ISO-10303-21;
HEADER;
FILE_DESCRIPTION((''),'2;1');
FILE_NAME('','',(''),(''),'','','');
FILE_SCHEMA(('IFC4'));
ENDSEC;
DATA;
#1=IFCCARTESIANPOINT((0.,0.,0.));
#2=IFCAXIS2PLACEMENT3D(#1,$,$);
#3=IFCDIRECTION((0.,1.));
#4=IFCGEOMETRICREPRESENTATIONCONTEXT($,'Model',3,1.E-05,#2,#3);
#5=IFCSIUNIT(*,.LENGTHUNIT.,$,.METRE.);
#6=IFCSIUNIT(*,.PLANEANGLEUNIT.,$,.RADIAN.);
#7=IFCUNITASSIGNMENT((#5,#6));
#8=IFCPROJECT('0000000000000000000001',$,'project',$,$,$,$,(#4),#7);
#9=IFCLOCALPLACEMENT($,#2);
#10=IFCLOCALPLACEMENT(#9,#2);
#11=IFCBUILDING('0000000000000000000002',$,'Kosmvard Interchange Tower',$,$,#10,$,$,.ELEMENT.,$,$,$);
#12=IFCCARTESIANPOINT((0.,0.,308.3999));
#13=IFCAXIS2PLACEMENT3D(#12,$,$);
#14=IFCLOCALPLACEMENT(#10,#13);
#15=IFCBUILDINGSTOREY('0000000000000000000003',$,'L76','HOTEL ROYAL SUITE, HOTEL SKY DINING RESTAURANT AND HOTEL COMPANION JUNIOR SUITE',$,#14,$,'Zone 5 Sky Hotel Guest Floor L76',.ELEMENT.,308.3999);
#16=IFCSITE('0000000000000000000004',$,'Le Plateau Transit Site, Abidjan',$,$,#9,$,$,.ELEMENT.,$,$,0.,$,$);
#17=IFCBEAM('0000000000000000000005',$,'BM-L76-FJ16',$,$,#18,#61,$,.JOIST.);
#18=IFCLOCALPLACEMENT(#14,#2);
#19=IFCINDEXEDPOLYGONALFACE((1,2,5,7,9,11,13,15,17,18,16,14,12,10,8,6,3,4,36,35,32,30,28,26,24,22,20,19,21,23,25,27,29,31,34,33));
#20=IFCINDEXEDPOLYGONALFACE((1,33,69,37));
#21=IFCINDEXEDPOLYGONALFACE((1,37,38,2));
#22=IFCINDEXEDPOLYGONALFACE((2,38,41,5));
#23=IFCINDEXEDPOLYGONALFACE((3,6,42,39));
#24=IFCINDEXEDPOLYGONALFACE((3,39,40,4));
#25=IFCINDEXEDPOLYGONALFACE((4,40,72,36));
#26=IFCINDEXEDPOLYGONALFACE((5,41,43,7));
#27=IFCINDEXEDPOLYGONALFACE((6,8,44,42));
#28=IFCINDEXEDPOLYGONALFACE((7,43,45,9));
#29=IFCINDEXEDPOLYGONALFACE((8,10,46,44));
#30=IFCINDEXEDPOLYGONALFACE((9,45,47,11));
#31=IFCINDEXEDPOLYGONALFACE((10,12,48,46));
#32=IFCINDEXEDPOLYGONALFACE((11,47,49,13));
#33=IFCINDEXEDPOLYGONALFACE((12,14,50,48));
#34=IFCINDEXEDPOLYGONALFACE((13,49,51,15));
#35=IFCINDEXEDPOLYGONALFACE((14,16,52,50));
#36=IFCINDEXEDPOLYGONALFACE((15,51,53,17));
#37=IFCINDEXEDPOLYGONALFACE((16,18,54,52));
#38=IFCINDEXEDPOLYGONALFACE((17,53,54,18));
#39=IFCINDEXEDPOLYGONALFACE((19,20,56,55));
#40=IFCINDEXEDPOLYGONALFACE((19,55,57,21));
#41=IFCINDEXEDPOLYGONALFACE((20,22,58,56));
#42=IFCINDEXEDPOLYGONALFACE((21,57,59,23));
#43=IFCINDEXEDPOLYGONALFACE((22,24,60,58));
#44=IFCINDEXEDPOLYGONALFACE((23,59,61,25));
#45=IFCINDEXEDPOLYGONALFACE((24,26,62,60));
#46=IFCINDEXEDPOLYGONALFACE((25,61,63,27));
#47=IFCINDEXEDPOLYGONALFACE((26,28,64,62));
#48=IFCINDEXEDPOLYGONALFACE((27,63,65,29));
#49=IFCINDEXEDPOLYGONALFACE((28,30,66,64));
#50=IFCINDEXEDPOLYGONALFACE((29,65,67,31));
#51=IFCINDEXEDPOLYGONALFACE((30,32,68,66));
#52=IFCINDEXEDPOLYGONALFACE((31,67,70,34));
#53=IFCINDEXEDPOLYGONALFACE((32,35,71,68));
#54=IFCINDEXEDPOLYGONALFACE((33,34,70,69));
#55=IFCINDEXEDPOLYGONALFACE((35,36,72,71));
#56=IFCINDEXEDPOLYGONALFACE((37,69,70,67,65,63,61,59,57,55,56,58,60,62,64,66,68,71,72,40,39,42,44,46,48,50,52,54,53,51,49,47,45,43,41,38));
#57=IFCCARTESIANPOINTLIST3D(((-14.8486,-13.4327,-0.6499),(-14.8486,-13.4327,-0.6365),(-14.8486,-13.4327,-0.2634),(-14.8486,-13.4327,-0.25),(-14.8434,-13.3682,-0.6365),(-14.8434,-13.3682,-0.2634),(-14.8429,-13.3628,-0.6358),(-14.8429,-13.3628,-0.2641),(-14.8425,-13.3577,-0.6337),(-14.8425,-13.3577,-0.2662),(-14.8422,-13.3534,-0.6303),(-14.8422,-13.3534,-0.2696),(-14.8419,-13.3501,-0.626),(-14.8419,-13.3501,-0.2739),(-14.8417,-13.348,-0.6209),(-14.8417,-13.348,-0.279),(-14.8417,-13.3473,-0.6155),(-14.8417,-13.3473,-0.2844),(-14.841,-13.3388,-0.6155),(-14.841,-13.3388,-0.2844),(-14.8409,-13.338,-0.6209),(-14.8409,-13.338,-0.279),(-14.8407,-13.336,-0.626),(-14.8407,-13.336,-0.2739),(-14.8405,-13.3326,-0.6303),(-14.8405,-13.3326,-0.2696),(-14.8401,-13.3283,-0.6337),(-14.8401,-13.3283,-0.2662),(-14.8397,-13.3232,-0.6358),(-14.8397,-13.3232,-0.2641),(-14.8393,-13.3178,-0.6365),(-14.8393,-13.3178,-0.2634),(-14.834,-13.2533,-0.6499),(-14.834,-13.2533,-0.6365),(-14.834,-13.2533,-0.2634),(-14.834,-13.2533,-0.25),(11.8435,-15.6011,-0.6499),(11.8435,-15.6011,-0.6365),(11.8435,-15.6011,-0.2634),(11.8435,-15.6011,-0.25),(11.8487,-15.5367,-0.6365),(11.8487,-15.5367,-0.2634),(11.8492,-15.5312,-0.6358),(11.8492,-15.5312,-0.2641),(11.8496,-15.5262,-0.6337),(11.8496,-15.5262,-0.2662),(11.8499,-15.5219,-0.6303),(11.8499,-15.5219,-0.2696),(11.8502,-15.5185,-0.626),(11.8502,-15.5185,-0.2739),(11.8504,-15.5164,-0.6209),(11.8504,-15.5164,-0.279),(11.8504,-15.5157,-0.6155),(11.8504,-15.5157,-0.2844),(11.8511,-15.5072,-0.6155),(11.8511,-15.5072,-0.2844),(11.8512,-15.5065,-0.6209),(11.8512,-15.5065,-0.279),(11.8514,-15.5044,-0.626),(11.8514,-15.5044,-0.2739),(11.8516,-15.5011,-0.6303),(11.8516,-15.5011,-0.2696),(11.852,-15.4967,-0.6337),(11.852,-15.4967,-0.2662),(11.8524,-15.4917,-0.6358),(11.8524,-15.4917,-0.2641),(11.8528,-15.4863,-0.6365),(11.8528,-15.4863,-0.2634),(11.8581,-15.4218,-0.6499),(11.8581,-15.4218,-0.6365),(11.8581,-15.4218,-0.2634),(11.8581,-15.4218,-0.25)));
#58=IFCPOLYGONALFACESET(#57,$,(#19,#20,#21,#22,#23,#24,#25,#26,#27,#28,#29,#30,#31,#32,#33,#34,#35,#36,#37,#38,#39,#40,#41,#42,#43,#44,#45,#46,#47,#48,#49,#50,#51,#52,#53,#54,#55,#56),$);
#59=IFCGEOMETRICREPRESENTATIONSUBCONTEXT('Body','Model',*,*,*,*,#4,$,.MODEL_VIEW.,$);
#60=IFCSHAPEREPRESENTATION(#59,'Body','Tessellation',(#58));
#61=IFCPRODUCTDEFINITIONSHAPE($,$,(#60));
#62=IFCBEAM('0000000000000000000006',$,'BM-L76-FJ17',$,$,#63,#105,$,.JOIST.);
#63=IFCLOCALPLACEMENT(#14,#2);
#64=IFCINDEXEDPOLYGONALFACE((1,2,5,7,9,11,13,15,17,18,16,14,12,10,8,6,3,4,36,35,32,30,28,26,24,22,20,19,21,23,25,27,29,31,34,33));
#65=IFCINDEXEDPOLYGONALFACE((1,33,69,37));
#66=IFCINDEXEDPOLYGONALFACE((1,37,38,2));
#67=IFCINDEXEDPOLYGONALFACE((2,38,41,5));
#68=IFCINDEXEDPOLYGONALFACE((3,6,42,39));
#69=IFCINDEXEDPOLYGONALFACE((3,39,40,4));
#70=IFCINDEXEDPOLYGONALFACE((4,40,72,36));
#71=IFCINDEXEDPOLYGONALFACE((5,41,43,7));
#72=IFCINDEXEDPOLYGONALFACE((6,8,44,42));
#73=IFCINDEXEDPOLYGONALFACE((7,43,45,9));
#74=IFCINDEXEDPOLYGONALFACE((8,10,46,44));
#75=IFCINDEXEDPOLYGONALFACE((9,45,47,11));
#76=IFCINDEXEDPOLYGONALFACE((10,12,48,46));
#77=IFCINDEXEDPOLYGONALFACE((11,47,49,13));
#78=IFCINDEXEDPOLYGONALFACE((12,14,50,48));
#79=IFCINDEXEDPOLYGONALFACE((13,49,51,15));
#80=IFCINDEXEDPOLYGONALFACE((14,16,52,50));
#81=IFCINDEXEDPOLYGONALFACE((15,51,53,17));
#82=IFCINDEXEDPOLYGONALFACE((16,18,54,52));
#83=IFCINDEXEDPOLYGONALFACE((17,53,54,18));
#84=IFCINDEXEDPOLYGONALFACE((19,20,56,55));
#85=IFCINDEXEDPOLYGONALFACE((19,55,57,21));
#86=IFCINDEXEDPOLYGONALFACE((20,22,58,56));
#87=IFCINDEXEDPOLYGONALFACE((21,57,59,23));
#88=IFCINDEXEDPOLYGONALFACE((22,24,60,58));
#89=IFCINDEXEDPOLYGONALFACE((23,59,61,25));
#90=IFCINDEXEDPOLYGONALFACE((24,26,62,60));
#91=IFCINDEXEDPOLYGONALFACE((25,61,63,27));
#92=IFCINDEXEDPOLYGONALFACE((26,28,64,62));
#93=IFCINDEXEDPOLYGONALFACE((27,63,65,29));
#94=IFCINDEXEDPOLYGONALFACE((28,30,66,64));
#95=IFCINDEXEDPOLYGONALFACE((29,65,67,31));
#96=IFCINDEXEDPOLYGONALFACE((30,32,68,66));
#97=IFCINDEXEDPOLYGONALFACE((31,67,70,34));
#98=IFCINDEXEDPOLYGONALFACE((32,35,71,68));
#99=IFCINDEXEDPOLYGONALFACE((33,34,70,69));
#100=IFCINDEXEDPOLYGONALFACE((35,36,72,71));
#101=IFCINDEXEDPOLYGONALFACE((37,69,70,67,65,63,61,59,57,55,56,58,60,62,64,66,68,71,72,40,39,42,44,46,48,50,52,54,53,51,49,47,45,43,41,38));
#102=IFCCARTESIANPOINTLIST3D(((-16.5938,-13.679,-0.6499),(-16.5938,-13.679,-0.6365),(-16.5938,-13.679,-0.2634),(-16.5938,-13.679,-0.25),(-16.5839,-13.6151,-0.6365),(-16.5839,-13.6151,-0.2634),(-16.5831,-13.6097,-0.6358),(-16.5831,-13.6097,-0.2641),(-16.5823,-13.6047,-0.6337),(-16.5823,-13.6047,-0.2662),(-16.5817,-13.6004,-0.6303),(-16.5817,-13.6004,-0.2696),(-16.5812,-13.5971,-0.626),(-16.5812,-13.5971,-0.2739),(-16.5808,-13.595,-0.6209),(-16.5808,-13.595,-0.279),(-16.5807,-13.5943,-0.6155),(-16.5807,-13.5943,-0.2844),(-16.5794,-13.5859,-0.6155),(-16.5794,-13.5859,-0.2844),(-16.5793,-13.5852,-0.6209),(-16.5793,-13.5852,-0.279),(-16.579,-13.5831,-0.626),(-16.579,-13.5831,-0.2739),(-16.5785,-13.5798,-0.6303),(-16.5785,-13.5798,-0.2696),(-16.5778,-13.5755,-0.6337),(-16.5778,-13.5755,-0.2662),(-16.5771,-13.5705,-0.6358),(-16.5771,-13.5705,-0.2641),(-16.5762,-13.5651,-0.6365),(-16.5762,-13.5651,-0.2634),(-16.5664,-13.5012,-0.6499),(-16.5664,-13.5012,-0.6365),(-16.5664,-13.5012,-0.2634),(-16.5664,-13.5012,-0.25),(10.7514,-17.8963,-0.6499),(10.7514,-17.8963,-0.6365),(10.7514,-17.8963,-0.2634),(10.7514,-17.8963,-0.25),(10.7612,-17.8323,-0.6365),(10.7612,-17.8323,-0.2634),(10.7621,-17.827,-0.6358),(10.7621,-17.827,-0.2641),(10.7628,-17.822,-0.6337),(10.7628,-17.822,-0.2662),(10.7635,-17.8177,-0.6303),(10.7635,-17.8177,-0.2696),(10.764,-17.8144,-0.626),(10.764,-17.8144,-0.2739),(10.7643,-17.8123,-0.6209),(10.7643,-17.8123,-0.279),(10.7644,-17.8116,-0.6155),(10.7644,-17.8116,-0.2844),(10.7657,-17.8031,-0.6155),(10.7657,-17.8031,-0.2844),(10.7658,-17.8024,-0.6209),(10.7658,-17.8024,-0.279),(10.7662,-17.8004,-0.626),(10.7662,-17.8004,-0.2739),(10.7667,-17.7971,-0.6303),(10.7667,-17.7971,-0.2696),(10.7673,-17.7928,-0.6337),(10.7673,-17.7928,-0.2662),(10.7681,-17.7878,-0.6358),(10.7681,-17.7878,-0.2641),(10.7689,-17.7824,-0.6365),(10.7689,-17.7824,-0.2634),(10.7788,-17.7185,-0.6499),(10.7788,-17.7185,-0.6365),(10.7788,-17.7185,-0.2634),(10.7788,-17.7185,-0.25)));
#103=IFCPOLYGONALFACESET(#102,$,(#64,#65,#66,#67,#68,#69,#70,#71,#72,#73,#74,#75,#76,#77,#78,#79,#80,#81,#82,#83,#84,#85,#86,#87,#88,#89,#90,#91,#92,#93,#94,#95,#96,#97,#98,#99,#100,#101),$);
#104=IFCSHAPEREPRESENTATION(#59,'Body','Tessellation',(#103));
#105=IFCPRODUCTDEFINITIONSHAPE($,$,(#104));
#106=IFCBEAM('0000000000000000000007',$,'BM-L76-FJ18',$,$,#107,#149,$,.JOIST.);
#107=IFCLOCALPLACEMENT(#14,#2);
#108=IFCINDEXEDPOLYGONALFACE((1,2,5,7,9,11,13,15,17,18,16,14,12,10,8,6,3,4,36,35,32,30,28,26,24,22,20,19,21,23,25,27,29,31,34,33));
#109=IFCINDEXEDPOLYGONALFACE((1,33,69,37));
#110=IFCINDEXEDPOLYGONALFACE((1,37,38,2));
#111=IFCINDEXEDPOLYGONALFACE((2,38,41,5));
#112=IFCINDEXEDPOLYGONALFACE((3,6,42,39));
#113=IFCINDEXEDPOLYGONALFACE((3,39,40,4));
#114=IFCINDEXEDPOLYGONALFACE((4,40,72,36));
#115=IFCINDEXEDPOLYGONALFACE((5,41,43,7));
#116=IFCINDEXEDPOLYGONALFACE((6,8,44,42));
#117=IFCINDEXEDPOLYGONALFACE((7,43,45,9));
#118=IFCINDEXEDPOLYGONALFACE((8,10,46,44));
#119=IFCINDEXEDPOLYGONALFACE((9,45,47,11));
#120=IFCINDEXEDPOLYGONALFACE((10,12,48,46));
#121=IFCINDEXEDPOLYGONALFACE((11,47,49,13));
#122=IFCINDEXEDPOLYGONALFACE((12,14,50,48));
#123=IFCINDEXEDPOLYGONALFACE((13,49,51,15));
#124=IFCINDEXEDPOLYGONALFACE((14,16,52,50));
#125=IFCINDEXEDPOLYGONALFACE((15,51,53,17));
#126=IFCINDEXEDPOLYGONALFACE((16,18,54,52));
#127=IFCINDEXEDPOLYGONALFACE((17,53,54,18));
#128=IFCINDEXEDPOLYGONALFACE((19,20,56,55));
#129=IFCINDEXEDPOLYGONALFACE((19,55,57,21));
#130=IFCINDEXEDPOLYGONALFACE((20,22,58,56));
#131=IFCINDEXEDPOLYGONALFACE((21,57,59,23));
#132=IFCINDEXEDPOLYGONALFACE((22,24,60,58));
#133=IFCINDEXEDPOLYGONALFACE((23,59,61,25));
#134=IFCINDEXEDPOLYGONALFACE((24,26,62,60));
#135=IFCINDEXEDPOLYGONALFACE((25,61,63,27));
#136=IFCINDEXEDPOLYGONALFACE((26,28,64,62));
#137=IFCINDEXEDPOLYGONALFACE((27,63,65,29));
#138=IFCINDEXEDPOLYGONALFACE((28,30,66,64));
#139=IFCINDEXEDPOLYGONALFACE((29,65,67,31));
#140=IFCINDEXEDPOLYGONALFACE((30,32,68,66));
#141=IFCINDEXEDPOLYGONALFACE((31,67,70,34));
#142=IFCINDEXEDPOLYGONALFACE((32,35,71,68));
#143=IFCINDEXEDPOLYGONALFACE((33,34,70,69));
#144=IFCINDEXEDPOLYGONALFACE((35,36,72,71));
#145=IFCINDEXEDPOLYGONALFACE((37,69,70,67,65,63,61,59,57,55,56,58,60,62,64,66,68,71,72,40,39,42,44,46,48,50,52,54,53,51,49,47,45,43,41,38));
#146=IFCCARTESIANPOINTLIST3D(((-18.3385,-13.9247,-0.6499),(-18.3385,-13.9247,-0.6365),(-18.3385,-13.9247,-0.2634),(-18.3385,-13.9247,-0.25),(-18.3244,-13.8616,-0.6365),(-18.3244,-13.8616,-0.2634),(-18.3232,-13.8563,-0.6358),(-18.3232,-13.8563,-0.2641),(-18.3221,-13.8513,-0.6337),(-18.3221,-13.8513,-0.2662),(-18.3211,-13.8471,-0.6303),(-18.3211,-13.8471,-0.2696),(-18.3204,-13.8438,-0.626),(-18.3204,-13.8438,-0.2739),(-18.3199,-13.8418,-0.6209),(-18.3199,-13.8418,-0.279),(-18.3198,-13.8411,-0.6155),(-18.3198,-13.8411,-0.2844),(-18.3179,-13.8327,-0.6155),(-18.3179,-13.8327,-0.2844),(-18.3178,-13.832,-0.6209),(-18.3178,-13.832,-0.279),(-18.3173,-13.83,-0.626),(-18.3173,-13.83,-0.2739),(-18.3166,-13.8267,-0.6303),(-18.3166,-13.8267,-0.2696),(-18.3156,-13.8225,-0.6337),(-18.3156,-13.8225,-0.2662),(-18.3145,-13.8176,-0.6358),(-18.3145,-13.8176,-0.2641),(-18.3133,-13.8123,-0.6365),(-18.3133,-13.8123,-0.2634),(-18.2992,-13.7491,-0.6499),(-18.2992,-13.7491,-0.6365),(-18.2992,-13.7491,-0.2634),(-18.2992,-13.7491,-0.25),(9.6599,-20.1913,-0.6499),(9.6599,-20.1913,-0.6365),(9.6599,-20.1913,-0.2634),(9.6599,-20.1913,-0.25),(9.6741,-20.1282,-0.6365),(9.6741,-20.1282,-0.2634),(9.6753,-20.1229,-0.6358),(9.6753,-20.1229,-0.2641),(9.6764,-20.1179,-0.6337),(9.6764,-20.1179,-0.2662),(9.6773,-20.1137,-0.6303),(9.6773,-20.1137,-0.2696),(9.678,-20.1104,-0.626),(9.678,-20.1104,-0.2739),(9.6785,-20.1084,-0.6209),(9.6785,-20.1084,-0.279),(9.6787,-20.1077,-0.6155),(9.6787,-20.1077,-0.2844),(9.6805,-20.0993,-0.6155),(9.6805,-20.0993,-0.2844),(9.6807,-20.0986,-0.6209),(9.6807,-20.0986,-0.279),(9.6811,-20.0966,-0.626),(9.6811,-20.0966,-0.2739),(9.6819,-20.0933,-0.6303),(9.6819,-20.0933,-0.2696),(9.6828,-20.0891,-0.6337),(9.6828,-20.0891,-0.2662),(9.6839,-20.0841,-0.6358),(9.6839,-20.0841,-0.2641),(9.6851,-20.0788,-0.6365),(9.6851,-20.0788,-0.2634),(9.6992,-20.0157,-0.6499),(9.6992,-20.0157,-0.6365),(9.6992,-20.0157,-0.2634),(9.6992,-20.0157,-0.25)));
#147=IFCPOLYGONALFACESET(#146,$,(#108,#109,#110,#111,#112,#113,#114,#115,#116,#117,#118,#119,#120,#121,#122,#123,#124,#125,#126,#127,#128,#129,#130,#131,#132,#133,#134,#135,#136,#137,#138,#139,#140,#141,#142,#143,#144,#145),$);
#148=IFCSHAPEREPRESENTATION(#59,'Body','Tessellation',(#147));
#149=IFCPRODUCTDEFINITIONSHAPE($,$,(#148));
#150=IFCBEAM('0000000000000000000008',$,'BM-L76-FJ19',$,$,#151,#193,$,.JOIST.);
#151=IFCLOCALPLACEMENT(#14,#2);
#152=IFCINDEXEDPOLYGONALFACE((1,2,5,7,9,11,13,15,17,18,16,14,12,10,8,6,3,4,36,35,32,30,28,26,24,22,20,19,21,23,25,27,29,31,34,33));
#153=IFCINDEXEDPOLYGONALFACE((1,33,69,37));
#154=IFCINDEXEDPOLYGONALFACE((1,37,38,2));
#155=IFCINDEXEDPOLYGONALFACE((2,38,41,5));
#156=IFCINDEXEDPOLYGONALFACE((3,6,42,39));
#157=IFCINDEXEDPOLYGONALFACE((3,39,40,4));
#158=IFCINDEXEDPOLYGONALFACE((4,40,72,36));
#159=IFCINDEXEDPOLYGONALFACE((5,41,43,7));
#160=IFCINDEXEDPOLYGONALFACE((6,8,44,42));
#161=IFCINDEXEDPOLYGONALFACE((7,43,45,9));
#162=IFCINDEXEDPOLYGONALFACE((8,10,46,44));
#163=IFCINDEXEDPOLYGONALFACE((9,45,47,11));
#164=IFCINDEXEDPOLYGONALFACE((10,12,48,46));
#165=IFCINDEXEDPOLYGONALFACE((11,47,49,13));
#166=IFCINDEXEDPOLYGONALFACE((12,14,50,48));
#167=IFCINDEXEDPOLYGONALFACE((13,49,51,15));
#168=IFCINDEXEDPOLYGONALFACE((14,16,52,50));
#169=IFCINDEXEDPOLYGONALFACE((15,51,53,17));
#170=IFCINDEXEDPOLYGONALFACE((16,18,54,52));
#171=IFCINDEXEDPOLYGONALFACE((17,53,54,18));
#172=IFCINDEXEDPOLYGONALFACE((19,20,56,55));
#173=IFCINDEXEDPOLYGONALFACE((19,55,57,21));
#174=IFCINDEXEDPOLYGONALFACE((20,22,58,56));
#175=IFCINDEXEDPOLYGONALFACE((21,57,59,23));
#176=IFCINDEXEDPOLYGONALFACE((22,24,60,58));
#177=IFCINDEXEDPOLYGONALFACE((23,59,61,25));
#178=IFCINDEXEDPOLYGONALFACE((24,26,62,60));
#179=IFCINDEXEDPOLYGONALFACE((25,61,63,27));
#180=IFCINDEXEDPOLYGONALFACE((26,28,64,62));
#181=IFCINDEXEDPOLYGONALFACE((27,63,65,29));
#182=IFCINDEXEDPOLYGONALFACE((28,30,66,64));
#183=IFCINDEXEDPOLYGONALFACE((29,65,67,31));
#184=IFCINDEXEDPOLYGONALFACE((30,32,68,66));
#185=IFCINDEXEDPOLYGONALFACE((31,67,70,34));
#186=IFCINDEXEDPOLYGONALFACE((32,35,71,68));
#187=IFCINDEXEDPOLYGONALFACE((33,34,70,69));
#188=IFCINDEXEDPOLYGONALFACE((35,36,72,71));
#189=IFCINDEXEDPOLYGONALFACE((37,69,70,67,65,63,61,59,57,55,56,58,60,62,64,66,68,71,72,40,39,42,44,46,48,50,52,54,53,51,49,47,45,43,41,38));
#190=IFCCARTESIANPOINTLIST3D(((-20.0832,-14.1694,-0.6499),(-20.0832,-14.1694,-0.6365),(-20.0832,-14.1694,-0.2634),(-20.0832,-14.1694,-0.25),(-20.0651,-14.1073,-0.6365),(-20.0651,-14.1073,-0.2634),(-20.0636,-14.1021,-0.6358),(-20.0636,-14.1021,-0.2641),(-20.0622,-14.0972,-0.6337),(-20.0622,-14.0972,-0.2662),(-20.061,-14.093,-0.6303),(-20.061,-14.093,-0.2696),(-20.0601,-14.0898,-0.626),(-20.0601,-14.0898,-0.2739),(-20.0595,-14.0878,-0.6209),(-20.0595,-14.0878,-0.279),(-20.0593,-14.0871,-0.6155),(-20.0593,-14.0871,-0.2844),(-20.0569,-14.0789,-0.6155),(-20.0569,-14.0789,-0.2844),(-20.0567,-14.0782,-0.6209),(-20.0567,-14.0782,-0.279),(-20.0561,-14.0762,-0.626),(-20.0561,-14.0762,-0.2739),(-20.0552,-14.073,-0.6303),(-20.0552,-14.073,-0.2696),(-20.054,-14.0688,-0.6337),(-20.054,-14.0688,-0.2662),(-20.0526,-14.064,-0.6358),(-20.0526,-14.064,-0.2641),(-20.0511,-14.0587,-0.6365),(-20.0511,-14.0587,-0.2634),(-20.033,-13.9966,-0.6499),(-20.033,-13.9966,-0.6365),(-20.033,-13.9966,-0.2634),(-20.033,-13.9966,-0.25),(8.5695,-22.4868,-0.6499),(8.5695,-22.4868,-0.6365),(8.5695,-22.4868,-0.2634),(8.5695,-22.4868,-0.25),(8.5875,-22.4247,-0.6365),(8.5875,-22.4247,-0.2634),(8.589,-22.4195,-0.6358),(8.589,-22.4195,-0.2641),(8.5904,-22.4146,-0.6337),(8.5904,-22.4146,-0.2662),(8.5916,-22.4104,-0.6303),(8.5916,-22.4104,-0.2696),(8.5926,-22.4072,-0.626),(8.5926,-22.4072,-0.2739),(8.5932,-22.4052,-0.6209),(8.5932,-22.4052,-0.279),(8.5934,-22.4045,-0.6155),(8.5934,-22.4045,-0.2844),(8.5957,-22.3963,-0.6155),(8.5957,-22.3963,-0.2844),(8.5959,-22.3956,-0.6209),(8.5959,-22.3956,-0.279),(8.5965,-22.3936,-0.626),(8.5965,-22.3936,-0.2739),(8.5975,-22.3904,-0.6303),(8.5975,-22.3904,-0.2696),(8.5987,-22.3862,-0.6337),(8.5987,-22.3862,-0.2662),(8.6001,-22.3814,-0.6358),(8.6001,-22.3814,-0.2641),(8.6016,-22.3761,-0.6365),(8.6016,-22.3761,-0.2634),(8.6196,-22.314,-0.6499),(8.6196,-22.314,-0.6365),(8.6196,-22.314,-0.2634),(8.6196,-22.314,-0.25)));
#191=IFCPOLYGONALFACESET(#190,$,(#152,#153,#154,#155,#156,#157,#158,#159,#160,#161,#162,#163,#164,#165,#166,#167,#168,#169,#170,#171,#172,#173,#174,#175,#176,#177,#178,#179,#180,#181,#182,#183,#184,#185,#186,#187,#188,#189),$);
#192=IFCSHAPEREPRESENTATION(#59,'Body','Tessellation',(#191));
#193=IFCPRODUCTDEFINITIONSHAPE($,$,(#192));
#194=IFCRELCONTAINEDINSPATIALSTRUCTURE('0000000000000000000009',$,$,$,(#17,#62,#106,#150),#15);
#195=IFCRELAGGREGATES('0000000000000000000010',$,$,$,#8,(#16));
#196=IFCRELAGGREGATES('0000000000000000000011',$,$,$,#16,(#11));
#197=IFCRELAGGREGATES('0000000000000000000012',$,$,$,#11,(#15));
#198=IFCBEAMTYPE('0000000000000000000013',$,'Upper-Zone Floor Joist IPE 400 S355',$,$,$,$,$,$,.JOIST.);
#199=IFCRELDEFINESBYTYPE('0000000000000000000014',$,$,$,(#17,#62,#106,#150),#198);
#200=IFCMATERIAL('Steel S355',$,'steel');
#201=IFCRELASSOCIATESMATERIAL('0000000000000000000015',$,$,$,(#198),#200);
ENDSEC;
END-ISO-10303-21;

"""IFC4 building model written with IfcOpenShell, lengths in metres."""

from ifc_helpers import new_model, si_unit, direction, frame, origin, origin_2d, place, context, subcontext, project, spatial, i_section, extrude, source, transform, mapped, material, material_profile, profile_set, type_object, element, save


model = new_model("IFC4")

# Units and contexts
model_context = context("Model", 3, precision=1e-05, world=origin(), true_north=direction((0.0, 1.0)))
body_context = subcontext(model_context, "Body", "Model", "MODEL_VIEW")
ifc_project = project(units=[si_unit("LENGTHUNIT", "METRE"), si_unit("PLANEANGLEUNIT", "RADIAN")], contexts=[model_context])

# Site, building, storey
site_placement = place(None, origin())
site = spatial("IfcSite", under=ifc_project, at=site_placement, Name="Le Plateau Transit Site, Abidjan", CompositionType="ELEMENT", RefElevation=0.0)
building_placement = place(site_placement, origin())
building = spatial("IfcBuilding", under=site, at=building_placement, Name="Kosmvard Interchange Tower", CompositionType="ELEMENT")
storey_placement = place(building_placement, frame((0.0, 0.0, 308.3999)))
storey = spatial("IfcBuildingStorey", under=building, at=storey_placement, Name="L76", Description="HOTEL ROYAL SUITE, HOTEL SKY DINING RESTAURANT AND HOTEL COMPANION JUNIOR SUITE", LongName="Zone 5 Sky Hotel Guest Floor L76", CompositionType="ELEMENT", Elevation=308.3999)

# Beams
ifc_material_1 = material(Name="Steel S355", Category="steel")
ifc_material_profile_1 = material_profile(ifc_material_1, i_section(OverallWidth=0.1799, OverallDepth=0.3999, WebThickness=0.0085, FlangeThickness=0.0134, FilletRadius=0.021, at=origin_2d()), Name="IPE 400")
ifc_profile_set_1 = profile_set([ifc_material_profile_1], Name="Steel S355")
beam_type_1 = type_object("IfcBeamType", Name="Upper-Zone Floor Joist IPE 400 S355", PredefinedType="JOIST", material=ifc_profile_set_1)
shared_shape_1 = source(origin(), body_context, "Body", "SweptSolid", [
    extrude(i_section(OverallWidth=0.1799, OverallDepth=0.3999, WebThickness=0.0085, FlangeThickness=0.0134, FilletRadius=0.021, at=origin_2d()), origin(), (0.0, 0.0, 1.0), 26.78),
])
beam_1_placement = place(storey_placement, frame((-14.8413, -13.343, -0.45), z_axis=(0.996716, -0.080973, 0.0), x_axis=(0.080973, 0.996716, 0.0)))
element("IfcBeam", 1, at=beam_1_placement, inside=storey, type_object=beam_type_1, Name="BM-L76-FJ16", PredefinedType="JOIST", context=body_context, shape_type="MappedRepresentation", body=[
    mapped(shared_shape_1, transform((0.0, 0.0, 0.0), scale=1.0)),
])
shared_shape_2 = source(origin(), body_context, "Body", "SweptSolid", [
    extrude(i_section(OverallWidth=0.1799, OverallDepth=0.3999, WebThickness=0.0085, FlangeThickness=0.0134, FilletRadius=0.021, at=origin_2d()), origin(), (0.0, 0.0, 1.0), 27.6685),
])
beam_2_placement = place(storey_placement, frame((-16.5801, -13.5901, -0.45), z_axis=(0.988316, -0.152422, 0.0), x_axis=(0.152422, 0.988316, 0.0)))
element("IfcBeam", 2, at=beam_2_placement, inside=storey, type_object=beam_type_1, Name="BM-L76-FJ17", PredefinedType="JOIST", context=body_context, shape_type="MappedRepresentation", body=[
    mapped(shared_shape_2, transform((0.0, 0.0, 0.0), scale=1.0)),
])
shared_shape_3 = source(origin(), body_context, "Body", "SweptSolid", [
    extrude(i_section(OverallWidth=0.1799, OverallDepth=0.3999, WebThickness=0.0085, FlangeThickness=0.0134, FilletRadius=0.021, at=origin_2d()), origin(), (0.0, 0.0, 1.0), 28.6912),
])
beam_3_placement = place(storey_placement, frame((-18.3188, -13.8369, -0.45), z_axis=(0.975856, -0.218415, 0.0), x_axis=(0.218415, 0.975856, 0.0)))
element("IfcBeam", 3, at=beam_3_placement, inside=storey, type_object=beam_type_1, Name="BM-L76-FJ18", PredefinedType="JOIST", context=body_context, shape_type="MappedRepresentation", body=[
    mapped(shared_shape_3, transform((0.0, 0.0, 0.0), scale=1.0)),
])
shared_shape_4 = source(origin(), body_context, "Body", "SweptSolid", [
    extrude(i_section(OverallWidth=0.1799, OverallDepth=0.3999, WebThickness=0.0085, FlangeThickness=0.0134, FilletRadius=0.021, at=origin_2d()), origin(), (0.0, 0.0, 1.0), 29.8354),
])
beam_4_placement = place(storey_placement, frame((-20.0581, -14.083, -0.45), z_axis=(0.960356, -0.278776, 0.0), x_axis=(0.278776, 0.960356, 0.0)))
element("IfcBeam", 4, at=beam_4_placement, inside=storey, type_object=beam_type_1, Name="BM-L76-FJ19", PredefinedType="JOIST", context=body_context, shape_type="MappedRepresentation", body=[
    mapped(shared_shape_4, transform((0.0, 0.0, 0.0), scale=1.0)),
])

save(model, "model.ifc")
